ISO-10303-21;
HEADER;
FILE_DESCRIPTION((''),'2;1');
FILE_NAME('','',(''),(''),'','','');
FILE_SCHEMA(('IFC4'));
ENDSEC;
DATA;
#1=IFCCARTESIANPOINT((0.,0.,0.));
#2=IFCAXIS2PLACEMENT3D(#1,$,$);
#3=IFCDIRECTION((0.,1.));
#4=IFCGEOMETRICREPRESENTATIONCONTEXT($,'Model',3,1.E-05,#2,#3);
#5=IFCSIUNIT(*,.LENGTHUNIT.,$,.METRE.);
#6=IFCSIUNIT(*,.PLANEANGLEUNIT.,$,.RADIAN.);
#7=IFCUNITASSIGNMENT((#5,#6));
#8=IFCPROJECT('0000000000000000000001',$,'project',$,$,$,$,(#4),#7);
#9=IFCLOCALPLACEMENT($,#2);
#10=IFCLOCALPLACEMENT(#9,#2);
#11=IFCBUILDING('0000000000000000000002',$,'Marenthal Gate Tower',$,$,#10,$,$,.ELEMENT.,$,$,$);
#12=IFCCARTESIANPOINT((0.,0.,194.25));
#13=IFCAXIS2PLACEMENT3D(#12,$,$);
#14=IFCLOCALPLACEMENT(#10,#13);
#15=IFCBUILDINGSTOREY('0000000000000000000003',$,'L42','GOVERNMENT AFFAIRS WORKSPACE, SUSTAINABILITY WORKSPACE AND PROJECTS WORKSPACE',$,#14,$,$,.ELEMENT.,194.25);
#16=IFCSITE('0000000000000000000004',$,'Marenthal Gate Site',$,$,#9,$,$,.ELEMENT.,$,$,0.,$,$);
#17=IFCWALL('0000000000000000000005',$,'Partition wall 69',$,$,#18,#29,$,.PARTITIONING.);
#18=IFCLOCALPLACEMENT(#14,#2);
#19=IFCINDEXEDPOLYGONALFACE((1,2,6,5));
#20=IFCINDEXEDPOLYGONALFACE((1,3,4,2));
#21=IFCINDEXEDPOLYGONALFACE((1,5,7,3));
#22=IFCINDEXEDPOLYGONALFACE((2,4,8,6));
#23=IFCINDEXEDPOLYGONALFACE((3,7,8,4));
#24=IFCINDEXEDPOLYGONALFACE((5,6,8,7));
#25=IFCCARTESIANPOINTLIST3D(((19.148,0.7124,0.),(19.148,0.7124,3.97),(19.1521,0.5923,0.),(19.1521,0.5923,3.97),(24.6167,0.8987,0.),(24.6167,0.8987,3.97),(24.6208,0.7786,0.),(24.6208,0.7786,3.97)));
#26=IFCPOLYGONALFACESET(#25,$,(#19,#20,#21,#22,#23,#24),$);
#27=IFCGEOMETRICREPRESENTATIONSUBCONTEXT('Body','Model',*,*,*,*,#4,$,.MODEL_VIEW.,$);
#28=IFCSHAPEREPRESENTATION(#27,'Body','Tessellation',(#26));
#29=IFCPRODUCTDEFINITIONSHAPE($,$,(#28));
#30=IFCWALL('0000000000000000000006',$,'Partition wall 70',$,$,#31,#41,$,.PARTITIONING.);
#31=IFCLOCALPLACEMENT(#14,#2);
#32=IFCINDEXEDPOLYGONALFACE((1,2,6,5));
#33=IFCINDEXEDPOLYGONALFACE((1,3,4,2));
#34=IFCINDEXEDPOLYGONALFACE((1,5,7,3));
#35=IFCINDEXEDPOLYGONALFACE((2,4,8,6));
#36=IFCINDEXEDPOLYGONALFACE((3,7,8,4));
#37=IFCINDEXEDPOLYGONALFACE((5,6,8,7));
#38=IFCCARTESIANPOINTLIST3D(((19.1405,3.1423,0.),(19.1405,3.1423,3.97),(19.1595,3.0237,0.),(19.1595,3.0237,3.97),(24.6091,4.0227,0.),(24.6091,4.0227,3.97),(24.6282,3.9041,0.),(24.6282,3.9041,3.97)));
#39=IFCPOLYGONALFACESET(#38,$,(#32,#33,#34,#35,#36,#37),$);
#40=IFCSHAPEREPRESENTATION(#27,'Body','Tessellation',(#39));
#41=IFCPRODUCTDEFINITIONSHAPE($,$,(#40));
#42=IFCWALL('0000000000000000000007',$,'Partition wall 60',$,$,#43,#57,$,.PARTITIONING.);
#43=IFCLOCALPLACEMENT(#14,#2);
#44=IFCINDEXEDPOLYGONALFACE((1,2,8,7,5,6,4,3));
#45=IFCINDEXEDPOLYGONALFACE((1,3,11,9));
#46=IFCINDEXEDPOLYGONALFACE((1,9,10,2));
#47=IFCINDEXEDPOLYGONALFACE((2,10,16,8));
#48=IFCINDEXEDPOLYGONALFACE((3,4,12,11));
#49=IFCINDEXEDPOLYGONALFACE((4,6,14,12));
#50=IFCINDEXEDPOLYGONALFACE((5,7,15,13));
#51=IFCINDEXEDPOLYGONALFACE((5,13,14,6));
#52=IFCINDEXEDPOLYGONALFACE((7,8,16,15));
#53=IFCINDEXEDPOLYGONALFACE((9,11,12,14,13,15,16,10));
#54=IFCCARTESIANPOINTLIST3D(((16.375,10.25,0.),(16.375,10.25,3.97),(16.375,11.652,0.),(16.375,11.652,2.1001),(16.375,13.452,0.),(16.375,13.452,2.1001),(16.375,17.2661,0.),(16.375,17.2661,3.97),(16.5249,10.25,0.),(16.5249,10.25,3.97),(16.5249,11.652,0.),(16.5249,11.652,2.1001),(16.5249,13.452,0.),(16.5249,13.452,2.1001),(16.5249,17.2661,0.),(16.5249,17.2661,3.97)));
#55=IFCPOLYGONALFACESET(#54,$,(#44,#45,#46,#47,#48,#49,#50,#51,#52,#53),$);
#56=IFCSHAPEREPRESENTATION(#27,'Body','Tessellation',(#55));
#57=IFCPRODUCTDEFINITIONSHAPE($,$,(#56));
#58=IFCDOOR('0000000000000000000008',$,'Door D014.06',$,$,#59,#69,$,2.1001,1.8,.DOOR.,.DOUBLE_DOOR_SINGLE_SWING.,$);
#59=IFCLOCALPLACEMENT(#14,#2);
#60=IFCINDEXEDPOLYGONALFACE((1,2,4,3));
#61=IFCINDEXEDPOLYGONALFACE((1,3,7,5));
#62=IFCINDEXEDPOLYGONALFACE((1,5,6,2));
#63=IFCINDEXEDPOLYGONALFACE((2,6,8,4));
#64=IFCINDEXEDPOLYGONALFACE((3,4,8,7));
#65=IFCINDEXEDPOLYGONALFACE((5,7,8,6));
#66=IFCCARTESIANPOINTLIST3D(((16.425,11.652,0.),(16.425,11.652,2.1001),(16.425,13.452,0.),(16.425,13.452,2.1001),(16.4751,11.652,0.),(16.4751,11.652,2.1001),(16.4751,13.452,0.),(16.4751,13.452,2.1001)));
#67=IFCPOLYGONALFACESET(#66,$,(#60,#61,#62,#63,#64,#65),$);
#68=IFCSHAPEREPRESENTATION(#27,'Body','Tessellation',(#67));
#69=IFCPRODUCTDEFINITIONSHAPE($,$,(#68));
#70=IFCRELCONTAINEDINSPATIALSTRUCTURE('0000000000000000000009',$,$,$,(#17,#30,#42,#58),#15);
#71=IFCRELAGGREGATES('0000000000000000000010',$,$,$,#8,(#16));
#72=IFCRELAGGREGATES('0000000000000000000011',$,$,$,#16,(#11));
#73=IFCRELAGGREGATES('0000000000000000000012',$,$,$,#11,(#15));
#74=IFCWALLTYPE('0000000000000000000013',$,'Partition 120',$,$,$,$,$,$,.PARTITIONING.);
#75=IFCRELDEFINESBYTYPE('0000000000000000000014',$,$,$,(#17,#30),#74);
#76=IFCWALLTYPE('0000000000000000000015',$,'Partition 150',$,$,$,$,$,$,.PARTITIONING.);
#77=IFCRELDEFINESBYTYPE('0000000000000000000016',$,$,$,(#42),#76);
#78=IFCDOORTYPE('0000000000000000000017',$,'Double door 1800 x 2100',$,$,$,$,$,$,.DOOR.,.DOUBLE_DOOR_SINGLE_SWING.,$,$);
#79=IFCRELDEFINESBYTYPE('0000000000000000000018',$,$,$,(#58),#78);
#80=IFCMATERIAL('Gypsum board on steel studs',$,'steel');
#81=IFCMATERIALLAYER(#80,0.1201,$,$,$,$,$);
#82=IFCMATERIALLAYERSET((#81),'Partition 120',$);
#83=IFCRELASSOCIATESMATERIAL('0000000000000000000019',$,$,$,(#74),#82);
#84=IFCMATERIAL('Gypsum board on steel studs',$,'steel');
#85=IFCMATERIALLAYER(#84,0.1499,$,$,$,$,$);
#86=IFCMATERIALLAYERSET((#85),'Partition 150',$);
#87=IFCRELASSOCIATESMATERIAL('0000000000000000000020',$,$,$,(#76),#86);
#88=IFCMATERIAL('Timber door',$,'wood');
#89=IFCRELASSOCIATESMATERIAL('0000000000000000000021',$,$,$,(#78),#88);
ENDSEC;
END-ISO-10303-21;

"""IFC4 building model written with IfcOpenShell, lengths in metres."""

from ifc_helpers import new_model, si_unit, direction, frame, frame_2d, origin, place, context, subcontext, project, spatial, rectangle, extrude, material, layer, layer_set, type_object, element, fill, save


model = new_model("IFC4")

# Units and contexts
model_context = context("Model", 3, precision=1e-05, world=origin(), true_north=direction((0.0, 1.0)))
body_context = subcontext(model_context, "Body", "Model", "MODEL_VIEW")
ifc_project = project(units=[si_unit("LENGTHUNIT", "METRE"), si_unit("PLANEANGLEUNIT", "RADIAN")], contexts=[model_context])

# Site, building, storey
site_placement = place(None, origin())
site = spatial("IfcSite", under=ifc_project, at=site_placement, Name="Marenthal Gate Site", CompositionType="ELEMENT", RefElevation=0.0)
building_placement = place(site_placement, origin())
building = spatial("IfcBuilding", under=site, at=building_placement, Name="Marenthal Gate Tower", CompositionType="ELEMENT")
storey_placement = place(building_placement, frame((0.0, 0.0, 194.25)))
storey = spatial("IfcBuildingStorey", under=building, at=storey_placement, Name="L42", Description="GOVERNMENT AFFAIRS WORKSPACE, SUSTAINABILITY WORKSPACE AND PROJECTS WORKSPACE", CompositionType="ELEMENT", Elevation=194.25)

# Walls
ifc_material_1 = material(Name="Gypsum board on steel studs", Category="steel")
ifc_layer_1 = layer(ifc_material_1, 0.1201)
ifc_layer_set_1 = layer_set([ifc_layer_1], Name="Partition 120")
wall_type_1 = type_object("IfcWallType", Name="Partition 120", PredefinedType="PARTITIONING", material=ifc_layer_set_1)
wall_1_placement = place(storey_placement, frame((24.6187, 0.8386, 0.0), z_axis=(0.0, 0.0, 1.0), x_axis=(-0.99942, -0.034043, 0.0)))
element("IfcWall", 1, at=wall_1_placement, inside=storey, type_object=wall_type_1, Name="Partition wall 69", PredefinedType="PARTITIONING", context=body_context, shape_type="SweptSolid", body=[
    extrude(rectangle(XDim=5.4719, YDim=0.1201, at=frame_2d((2.7358, 0.0))), origin(), (0.0, 0.0, 1.0), 3.97),
])
wall_2_placement = place(storey_placement, frame((24.6187, 3.9634, 0.0), z_axis=(0.0, 0.0, 1.0), x_axis=(-0.987289, -0.158936, 0.0)))
element("IfcWall", 2, at=wall_2_placement, inside=storey, type_object=wall_type_1, Name="Partition wall 70", PredefinedType="PARTITIONING", context=body_context, shape_type="SweptSolid", body=[
    extrude(rectangle(XDim=5.5391, YDim=0.1201, at=frame_2d((2.7695, 0.0))), origin(), (0.0, 0.0, 1.0), 3.97),
])

# Wall, opening, door
ifc_material_2 = material(Name="Gypsum board on steel studs", Category="steel")
ifc_layer_2 = layer(ifc_material_2, 0.1499)
ifc_layer_set_2 = layer_set([ifc_layer_2], Name="Partition 150")
wall_type_2 = type_object("IfcWallType", Name="Partition 150", PredefinedType="PARTITIONING", material=ifc_layer_set_2)
wall_3_placement = place(storey_placement, frame((16.45, 10.25, 0.0), z_axis=(0.0, 0.0, 1.0), x_axis=(0.0, 1.0, 0.0)))
wall_3 = element("IfcWall", 3, at=wall_3_placement, inside=storey, type_object=wall_type_2, Name="Partition wall 60", PredefinedType="PARTITIONING", context=body_context, shape_type="SweptSolid", body=[
    extrude(rectangle(XDim=7.0161, YDim=0.1499, at=frame_2d((3.5081, 0.0))), origin(), (0.0, 0.0, 1.0), 3.97),
])
opening_placement = place(wall_3_placement, frame((1.4021, 0.0, 0.0)))
opening = element("IfcOpeningElement", 4, at=opening_placement, cuts=wall_3, PredefinedType="OPENING", context=body_context, shape_type="SweptSolid", body=[
    extrude(rectangle(XDim=1.8, YDim=2.1001, at=frame_2d((0.8999, 1.05))), frame((0.0, 0.085, 0.0), z_axis=(0.0, -1.0, 0.0), x_axis=(1.0, 0.0, 0.0)), (0.0, 0.0, 1.0), 0.1699),
])
ifc_material_3 = material(Name="Timber door", Category="wood")
door_type = type_object("IfcDoorType", Name="Double door 1800 x 2100", OperationType="DOUBLE_DOOR_SINGLE_SWING", PredefinedType="DOOR", material=ifc_material_3)
door_placement = place(opening_placement, origin())
door = element("IfcDoor", 5, at=door_placement, inside=storey, type_object=door_type, Name="Door D014.06", OperationType="DOUBLE_DOOR_SINGLE_SWING", OverallHeight=2.1001, OverallWidth=1.8, PredefinedType="DOOR", context=body_context, shape_type="SweptSolid", body=[
    extrude(rectangle(XDim=1.8, YDim=2.1001, at=frame_2d((0.8999, 1.05))), frame((0.0, 0.0249, 0.0), z_axis=(0.0, -1.0, 0.0), x_axis=(1.0, 0.0, 0.0)), (0.0, 0.0, 1.0), 0.05),
])
fill(opening, door)

save(model, "model.ifc")
